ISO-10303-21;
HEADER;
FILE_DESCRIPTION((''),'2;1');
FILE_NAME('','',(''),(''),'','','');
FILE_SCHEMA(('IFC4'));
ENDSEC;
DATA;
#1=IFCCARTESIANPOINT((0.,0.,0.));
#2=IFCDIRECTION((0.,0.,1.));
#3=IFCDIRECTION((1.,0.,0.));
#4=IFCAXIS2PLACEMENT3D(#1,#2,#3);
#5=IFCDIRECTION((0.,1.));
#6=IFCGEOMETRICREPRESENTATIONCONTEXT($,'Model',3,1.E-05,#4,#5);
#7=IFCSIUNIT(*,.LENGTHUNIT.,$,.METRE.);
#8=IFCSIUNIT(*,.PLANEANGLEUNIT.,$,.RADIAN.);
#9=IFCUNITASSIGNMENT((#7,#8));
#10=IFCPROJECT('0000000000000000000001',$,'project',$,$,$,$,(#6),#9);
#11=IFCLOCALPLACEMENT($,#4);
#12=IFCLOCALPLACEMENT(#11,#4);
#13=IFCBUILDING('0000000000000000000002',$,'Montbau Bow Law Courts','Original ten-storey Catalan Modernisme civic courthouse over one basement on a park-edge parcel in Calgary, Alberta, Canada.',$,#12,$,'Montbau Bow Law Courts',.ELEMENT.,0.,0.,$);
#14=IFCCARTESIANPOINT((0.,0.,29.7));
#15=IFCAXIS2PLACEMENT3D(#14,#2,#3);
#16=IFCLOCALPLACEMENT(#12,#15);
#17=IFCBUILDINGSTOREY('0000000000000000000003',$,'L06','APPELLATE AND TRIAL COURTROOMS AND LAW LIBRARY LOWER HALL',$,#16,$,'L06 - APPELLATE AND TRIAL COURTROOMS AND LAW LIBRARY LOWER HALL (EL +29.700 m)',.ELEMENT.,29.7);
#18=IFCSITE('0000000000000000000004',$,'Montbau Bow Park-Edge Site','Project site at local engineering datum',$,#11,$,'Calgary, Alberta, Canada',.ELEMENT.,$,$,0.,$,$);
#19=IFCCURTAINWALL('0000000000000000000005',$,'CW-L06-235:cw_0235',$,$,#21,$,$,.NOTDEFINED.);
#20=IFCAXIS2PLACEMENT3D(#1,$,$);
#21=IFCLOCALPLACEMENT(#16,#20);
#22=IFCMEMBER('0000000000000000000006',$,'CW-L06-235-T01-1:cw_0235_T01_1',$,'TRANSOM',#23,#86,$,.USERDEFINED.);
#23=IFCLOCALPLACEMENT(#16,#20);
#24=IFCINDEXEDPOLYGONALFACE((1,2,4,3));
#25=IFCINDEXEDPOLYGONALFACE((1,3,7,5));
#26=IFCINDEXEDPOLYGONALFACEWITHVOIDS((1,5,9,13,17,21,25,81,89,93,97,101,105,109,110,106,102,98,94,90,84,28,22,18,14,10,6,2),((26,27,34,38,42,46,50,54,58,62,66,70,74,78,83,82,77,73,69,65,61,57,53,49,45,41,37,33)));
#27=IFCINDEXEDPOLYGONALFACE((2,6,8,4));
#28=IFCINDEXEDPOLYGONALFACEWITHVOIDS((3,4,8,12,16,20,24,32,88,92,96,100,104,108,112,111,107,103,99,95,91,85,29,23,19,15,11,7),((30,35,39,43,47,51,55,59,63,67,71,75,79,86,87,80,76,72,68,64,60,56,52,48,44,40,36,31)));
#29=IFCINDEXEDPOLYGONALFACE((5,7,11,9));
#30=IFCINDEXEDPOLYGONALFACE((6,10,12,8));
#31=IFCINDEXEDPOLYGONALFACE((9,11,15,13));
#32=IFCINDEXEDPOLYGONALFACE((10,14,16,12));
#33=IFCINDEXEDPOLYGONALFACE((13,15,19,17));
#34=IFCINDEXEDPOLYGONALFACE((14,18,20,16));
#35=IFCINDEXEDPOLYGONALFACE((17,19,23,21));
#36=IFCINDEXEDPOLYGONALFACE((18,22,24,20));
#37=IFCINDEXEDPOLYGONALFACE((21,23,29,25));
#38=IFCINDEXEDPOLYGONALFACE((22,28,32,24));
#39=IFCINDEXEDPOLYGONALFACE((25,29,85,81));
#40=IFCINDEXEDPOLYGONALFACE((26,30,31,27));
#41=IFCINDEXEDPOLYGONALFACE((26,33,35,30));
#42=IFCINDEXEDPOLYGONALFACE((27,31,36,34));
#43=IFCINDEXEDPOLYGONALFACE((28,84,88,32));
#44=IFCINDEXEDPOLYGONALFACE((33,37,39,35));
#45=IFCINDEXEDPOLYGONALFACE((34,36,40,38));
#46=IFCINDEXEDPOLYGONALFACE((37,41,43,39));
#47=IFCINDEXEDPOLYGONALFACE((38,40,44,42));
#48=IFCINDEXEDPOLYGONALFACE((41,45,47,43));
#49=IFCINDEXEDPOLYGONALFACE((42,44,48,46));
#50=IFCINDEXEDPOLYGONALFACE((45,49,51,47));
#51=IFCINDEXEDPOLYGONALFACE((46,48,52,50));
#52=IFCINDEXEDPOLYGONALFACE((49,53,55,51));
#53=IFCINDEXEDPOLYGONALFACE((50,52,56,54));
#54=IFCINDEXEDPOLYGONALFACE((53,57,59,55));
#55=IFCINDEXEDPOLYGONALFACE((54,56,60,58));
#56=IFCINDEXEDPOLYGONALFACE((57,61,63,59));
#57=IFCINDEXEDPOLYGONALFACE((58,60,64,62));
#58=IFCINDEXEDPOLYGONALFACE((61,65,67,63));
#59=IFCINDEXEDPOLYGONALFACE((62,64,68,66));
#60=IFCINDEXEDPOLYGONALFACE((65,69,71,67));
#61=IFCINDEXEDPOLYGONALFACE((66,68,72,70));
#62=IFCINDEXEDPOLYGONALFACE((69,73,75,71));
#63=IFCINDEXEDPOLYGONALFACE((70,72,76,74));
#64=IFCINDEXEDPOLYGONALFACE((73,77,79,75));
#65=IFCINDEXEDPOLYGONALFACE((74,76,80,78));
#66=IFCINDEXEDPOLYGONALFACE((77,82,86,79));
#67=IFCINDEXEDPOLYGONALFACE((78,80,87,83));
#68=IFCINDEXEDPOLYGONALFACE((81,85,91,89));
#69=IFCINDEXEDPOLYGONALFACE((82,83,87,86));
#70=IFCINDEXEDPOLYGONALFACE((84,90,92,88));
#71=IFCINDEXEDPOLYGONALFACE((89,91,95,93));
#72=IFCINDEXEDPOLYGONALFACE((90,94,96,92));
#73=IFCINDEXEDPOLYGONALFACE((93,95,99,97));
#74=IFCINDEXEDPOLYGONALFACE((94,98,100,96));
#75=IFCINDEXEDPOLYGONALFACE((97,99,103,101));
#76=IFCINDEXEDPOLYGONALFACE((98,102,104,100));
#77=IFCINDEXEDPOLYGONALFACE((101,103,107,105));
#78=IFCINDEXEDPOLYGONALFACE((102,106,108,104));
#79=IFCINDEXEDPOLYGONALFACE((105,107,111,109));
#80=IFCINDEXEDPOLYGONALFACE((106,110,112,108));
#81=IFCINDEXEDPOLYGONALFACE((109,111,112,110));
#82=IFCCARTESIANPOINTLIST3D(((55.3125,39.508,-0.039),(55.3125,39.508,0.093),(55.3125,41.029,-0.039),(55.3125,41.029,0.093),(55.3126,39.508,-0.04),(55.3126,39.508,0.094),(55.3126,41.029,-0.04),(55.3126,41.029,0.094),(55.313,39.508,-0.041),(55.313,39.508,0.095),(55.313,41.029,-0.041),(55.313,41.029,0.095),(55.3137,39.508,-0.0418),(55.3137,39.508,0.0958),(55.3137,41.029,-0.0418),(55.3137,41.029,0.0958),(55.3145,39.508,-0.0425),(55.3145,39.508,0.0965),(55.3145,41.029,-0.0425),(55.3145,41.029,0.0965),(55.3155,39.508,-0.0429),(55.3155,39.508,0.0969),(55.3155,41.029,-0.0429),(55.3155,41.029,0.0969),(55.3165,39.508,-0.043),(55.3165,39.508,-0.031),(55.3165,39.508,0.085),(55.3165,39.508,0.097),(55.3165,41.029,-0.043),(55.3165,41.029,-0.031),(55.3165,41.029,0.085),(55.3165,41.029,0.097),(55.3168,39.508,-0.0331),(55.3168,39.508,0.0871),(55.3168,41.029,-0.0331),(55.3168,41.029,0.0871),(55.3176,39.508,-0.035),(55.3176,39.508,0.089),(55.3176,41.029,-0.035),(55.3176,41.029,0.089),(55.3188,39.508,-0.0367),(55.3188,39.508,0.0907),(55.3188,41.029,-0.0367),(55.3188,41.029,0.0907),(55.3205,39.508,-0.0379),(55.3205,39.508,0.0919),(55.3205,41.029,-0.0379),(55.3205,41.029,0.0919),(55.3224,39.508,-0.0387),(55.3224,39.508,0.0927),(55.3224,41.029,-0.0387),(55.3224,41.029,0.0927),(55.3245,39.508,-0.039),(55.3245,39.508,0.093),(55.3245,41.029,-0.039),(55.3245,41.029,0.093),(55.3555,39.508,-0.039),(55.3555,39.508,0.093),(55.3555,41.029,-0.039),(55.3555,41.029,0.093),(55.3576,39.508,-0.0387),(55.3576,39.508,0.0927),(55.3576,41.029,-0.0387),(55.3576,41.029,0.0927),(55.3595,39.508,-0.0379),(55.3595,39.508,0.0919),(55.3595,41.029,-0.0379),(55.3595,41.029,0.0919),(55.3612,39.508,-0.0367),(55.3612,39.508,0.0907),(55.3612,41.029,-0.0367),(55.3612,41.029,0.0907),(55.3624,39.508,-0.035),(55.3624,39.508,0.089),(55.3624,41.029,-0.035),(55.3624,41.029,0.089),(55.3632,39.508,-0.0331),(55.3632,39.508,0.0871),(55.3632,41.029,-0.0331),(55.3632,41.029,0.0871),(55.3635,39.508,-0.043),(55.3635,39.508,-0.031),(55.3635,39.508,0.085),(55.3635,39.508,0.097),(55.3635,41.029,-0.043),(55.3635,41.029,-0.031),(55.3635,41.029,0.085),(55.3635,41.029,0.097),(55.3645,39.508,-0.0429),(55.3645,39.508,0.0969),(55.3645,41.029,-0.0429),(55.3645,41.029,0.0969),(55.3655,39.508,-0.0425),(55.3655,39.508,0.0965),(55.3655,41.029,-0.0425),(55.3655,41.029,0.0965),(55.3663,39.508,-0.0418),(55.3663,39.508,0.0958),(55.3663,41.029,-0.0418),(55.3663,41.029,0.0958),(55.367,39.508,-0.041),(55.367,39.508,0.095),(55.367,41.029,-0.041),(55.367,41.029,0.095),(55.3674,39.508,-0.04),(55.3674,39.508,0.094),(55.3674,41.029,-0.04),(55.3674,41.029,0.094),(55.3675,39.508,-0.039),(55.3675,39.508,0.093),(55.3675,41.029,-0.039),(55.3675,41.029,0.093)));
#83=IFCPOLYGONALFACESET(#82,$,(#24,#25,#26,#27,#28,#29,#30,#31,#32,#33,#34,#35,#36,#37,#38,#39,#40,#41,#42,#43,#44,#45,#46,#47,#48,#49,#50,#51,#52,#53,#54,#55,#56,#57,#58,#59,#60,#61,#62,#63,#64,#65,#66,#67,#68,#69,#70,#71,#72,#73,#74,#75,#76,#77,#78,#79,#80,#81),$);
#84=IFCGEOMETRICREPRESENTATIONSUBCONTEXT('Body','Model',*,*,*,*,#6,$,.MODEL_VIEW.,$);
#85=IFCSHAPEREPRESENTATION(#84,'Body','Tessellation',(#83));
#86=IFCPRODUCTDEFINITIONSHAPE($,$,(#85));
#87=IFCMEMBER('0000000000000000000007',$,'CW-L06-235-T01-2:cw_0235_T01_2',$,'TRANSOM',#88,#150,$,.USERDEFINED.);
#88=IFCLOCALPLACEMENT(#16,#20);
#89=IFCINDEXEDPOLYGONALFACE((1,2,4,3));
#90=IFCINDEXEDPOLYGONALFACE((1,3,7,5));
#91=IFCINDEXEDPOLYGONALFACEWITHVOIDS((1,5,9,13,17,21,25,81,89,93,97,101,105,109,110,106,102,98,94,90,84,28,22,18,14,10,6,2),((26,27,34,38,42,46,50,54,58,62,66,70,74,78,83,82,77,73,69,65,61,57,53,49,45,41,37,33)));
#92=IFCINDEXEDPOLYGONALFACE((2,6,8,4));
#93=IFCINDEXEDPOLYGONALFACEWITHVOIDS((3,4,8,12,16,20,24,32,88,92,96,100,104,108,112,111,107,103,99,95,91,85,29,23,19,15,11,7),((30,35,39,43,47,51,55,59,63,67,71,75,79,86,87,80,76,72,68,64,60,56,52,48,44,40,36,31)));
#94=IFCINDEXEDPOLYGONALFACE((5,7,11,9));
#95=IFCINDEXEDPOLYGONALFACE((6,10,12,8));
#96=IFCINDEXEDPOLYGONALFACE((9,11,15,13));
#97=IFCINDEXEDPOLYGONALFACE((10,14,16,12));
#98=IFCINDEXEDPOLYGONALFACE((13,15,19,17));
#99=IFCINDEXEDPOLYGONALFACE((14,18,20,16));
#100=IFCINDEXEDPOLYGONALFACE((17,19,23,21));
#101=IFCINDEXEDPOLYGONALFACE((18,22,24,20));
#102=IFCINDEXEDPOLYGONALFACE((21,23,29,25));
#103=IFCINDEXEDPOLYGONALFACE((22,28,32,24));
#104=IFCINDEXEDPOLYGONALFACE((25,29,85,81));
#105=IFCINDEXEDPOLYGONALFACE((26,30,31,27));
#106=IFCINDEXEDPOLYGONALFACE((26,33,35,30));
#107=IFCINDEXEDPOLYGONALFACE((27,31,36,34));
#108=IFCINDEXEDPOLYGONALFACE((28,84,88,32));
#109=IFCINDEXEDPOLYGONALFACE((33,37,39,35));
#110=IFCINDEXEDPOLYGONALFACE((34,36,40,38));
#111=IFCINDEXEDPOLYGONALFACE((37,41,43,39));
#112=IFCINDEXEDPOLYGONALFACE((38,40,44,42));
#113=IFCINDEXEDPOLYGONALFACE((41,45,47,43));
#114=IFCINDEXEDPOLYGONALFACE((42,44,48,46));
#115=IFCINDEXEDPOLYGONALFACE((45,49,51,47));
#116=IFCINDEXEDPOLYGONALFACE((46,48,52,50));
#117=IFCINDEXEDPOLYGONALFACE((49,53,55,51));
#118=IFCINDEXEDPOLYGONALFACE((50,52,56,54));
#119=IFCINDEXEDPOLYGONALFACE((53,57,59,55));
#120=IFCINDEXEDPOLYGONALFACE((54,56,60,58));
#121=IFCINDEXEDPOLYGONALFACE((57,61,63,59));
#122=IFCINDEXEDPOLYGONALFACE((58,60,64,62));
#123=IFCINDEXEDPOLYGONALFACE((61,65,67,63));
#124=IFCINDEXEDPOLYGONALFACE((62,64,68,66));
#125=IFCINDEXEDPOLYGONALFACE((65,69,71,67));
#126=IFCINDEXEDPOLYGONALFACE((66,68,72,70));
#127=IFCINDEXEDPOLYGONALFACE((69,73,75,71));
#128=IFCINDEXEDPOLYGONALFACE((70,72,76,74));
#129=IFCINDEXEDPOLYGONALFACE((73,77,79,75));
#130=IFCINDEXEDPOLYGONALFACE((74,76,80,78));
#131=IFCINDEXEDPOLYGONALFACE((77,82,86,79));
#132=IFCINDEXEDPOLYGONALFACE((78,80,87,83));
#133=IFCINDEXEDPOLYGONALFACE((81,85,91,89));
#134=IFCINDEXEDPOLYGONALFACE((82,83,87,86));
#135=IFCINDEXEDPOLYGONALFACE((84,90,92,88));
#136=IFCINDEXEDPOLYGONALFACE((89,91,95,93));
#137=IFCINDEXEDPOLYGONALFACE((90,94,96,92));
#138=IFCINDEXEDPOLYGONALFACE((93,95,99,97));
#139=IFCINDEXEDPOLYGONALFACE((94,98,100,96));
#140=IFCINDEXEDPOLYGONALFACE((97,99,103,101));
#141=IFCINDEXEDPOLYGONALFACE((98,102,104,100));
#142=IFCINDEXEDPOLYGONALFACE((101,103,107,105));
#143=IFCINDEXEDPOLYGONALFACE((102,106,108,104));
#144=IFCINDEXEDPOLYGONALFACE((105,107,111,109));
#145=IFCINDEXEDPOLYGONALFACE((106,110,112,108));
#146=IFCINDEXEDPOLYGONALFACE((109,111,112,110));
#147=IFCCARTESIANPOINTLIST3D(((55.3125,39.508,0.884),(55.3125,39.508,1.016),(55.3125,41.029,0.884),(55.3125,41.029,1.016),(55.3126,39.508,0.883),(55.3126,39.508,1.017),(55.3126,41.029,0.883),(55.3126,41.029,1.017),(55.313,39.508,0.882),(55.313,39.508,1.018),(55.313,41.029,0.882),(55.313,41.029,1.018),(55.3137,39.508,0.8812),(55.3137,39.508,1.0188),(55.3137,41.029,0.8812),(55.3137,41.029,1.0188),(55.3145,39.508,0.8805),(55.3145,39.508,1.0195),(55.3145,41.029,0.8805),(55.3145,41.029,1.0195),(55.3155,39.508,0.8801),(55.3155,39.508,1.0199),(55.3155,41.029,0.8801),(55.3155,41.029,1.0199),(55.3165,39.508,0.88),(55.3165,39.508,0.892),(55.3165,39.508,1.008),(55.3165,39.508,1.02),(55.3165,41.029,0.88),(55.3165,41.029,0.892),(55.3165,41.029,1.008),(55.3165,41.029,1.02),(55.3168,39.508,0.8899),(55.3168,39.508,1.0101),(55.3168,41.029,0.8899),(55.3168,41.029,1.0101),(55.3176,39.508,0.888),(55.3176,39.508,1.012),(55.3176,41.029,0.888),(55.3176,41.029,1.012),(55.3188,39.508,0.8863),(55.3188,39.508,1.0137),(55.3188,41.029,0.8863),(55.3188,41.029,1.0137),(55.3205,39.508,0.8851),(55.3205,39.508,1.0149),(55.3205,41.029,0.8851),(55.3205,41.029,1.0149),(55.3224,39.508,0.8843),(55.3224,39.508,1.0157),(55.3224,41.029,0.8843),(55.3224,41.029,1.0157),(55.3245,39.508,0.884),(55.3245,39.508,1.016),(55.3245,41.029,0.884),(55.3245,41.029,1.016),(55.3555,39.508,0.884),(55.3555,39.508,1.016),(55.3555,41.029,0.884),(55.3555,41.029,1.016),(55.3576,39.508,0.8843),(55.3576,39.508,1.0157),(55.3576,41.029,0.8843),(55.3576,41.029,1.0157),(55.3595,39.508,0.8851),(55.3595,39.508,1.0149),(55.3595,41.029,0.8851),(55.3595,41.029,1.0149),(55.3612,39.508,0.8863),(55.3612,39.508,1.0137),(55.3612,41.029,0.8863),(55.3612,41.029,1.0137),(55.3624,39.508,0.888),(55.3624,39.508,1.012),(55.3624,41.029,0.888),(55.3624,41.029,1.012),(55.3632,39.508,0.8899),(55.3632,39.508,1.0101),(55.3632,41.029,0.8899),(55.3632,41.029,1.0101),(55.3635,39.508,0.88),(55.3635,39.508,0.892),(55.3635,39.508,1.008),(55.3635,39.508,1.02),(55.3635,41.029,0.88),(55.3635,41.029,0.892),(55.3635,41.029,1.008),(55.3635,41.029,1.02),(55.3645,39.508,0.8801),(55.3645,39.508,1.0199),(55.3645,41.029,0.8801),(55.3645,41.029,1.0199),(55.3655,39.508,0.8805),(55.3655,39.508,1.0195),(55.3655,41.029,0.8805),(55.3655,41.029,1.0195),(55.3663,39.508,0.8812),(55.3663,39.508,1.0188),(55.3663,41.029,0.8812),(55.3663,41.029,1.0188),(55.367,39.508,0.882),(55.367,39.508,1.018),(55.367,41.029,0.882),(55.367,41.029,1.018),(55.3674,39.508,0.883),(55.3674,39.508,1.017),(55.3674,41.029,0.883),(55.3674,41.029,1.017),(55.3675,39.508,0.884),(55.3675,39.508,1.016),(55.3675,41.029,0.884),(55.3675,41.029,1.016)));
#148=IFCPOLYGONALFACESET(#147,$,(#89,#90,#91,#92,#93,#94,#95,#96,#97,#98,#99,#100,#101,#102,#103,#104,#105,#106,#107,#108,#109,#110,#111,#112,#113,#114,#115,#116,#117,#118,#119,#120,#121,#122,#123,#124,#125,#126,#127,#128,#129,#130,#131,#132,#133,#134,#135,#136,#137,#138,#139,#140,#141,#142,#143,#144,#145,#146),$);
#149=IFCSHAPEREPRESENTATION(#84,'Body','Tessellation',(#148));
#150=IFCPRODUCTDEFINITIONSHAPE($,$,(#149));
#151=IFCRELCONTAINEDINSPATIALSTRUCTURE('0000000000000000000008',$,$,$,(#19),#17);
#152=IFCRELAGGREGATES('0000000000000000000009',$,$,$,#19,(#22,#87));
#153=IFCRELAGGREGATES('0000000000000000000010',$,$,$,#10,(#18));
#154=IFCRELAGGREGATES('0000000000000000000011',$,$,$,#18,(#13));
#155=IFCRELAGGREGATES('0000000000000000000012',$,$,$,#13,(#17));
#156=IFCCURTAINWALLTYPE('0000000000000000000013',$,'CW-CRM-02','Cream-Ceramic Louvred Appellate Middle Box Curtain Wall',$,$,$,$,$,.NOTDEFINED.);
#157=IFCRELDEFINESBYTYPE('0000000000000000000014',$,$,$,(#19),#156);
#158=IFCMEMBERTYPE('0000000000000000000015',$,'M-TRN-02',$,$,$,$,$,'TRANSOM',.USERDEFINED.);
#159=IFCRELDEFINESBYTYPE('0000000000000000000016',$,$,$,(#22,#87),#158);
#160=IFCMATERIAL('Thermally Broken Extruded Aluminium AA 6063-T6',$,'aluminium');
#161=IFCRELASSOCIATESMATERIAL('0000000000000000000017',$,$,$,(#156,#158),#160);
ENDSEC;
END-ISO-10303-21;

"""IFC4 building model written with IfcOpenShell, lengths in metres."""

from ifc_helpers import new_model, si_unit, direction, frame, origin_with_axes, origin_2d_with_axis, place, context, subcontext, project, spatial, hollow_rectangle, extrude, material, material_profile, profile_set, type_object, element, aggregate, save


model = new_model("IFC4")

# Units and contexts
model_context = context("Model", 3, precision=1e-05, world=origin_with_axes(), true_north=direction((0.0, 1.0)))
body_context = subcontext(model_context, "Body", "Model", "MODEL_VIEW")
ifc_project = project(units=[si_unit("LENGTHUNIT", "METRE"), si_unit("PLANEANGLEUNIT", "RADIAN")], contexts=[model_context])

# Site, building, storey
site_placement = place(None, origin_with_axes())
site = spatial("IfcSite", under=ifc_project, at=site_placement, Name="Montbau Bow Park-Edge Site", Description="Project site at local engineering datum", LongName="Calgary, Alberta, Canada", CompositionType="ELEMENT", RefElevation=0.0)
building_placement = place(site_placement, origin_with_axes())
building = spatial("IfcBuilding", under=site, at=building_placement, Name="Montbau Bow Law Courts", Description="Original ten-storey Catalan Modernisme civic courthouse over one basement on a park-edge parcel in Calgary, Alberta, Canada.", LongName="Montbau Bow Law Courts", CompositionType="ELEMENT", ElevationOfRefHeight=0.0, ElevationOfTerrain=0.0)
storey_placement = place(building_placement, frame((0.0, 0.0, 29.7), z_axis=(0.0, 0.0, 1.0), x_axis=(1.0, 0.0, 0.0)))
storey = spatial("IfcBuildingStorey", under=building, at=storey_placement, Name="L06", Description="APPELLATE AND TRIAL COURTROOMS AND LAW LIBRARY LOWER HALL", LongName="L06 - APPELLATE AND TRIAL COURTROOMS AND LAW LIBRARY LOWER HALL (EL +29.700 m)", CompositionType="ELEMENT", Elevation=29.7)

# Shared definitions
ifc_material_1 = material(Name="Thermally Broken Extruded Aluminium AA 6063-T6", Category="aluminium")
curtain_wall_type = type_object("IfcCurtainWallType", Name="CW-CRM-02", Description="Cream-Ceramic Louvred Appellate Middle Box Curtain Wall", PredefinedType="NOTDEFINED", material=ifc_material_1)

# Curtain wall
curtain_wall_1_placement = place(None, frame((55.34, 39.44, 29.7), z_axis=(0.0, 0.0, 1.0), x_axis=(1.0, 0.0, 0.0)))
curtain_wall_1 = element("IfcCurtainWall", 1, at=curtain_wall_1_placement, inside=storey, type_object=curtain_wall_type, Name="CW-L06-235:cw_0235", PredefinedType="NOTDEFINED")

# Members
ifc_material_profile_1 = material_profile(ifc_material_1, hollow_rectangle(XDim=0.055, YDim=0.14, WallThickness=0.004, InnerFilletRadius=0.008, OuterFilletRadius=0.004, at=origin_2d_with_axis()), Name="CWT-140X55", Category="Main", Priority=0)
ifc_profile_set_1 = profile_set([ifc_material_profile_1], Name="Thermally Broken Extruded Aluminium AA 6063-T6")
member_type_1 = type_object("IfcMemberType", Name="M-TRN-02", ElementType="TRANSOM", PredefinedType="USERDEFINED", material=ifc_profile_set_1)
member_1_placement = place(None, frame((55.34, 39.508, 29.727), z_axis=(0.0, 1.0, 0.0), x_axis=(-1.0, 0.0, 0.0)))
member_1 = element("IfcMember", 2, at=member_1_placement, type_object=member_type_1, Name="CW-L06-235-T01-1:cw_0235_T01_1", ObjectType="TRANSOM", PredefinedType="USERDEFINED", context=body_context, shape_type="SweptSolid", body=[
    extrude(hollow_rectangle(XDim=0.055, YDim=0.14, WallThickness=0.004, InnerFilletRadius=0.008, OuterFilletRadius=0.004, at=origin_2d_with_axis()), origin_with_axes(), (0.0, 0.0, 1.0), 1.521),
])
member_2_placement = place(None, frame((55.34, 39.508, 30.65), z_axis=(0.0, 1.0, 0.0), x_axis=(-1.0, 0.0, 0.0)))
member_2 = element("IfcMember", 3, at=member_2_placement, type_object=member_type_1, Name="CW-L06-235-T01-2:cw_0235_T01_2", ObjectType="TRANSOM", PredefinedType="USERDEFINED", context=body_context, shape_type="SweptSolid", body=[
    extrude(hollow_rectangle(XDim=0.055, YDim=0.14, WallThickness=0.004, InnerFilletRadius=0.008, OuterFilletRadius=0.004, at=origin_2d_with_axis()), origin_with_axes(), (0.0, 0.0, 1.0), 1.521),
])

aggregate(curtain_wall_1, [member_1, member_2])

save(model, "model.ifc")
